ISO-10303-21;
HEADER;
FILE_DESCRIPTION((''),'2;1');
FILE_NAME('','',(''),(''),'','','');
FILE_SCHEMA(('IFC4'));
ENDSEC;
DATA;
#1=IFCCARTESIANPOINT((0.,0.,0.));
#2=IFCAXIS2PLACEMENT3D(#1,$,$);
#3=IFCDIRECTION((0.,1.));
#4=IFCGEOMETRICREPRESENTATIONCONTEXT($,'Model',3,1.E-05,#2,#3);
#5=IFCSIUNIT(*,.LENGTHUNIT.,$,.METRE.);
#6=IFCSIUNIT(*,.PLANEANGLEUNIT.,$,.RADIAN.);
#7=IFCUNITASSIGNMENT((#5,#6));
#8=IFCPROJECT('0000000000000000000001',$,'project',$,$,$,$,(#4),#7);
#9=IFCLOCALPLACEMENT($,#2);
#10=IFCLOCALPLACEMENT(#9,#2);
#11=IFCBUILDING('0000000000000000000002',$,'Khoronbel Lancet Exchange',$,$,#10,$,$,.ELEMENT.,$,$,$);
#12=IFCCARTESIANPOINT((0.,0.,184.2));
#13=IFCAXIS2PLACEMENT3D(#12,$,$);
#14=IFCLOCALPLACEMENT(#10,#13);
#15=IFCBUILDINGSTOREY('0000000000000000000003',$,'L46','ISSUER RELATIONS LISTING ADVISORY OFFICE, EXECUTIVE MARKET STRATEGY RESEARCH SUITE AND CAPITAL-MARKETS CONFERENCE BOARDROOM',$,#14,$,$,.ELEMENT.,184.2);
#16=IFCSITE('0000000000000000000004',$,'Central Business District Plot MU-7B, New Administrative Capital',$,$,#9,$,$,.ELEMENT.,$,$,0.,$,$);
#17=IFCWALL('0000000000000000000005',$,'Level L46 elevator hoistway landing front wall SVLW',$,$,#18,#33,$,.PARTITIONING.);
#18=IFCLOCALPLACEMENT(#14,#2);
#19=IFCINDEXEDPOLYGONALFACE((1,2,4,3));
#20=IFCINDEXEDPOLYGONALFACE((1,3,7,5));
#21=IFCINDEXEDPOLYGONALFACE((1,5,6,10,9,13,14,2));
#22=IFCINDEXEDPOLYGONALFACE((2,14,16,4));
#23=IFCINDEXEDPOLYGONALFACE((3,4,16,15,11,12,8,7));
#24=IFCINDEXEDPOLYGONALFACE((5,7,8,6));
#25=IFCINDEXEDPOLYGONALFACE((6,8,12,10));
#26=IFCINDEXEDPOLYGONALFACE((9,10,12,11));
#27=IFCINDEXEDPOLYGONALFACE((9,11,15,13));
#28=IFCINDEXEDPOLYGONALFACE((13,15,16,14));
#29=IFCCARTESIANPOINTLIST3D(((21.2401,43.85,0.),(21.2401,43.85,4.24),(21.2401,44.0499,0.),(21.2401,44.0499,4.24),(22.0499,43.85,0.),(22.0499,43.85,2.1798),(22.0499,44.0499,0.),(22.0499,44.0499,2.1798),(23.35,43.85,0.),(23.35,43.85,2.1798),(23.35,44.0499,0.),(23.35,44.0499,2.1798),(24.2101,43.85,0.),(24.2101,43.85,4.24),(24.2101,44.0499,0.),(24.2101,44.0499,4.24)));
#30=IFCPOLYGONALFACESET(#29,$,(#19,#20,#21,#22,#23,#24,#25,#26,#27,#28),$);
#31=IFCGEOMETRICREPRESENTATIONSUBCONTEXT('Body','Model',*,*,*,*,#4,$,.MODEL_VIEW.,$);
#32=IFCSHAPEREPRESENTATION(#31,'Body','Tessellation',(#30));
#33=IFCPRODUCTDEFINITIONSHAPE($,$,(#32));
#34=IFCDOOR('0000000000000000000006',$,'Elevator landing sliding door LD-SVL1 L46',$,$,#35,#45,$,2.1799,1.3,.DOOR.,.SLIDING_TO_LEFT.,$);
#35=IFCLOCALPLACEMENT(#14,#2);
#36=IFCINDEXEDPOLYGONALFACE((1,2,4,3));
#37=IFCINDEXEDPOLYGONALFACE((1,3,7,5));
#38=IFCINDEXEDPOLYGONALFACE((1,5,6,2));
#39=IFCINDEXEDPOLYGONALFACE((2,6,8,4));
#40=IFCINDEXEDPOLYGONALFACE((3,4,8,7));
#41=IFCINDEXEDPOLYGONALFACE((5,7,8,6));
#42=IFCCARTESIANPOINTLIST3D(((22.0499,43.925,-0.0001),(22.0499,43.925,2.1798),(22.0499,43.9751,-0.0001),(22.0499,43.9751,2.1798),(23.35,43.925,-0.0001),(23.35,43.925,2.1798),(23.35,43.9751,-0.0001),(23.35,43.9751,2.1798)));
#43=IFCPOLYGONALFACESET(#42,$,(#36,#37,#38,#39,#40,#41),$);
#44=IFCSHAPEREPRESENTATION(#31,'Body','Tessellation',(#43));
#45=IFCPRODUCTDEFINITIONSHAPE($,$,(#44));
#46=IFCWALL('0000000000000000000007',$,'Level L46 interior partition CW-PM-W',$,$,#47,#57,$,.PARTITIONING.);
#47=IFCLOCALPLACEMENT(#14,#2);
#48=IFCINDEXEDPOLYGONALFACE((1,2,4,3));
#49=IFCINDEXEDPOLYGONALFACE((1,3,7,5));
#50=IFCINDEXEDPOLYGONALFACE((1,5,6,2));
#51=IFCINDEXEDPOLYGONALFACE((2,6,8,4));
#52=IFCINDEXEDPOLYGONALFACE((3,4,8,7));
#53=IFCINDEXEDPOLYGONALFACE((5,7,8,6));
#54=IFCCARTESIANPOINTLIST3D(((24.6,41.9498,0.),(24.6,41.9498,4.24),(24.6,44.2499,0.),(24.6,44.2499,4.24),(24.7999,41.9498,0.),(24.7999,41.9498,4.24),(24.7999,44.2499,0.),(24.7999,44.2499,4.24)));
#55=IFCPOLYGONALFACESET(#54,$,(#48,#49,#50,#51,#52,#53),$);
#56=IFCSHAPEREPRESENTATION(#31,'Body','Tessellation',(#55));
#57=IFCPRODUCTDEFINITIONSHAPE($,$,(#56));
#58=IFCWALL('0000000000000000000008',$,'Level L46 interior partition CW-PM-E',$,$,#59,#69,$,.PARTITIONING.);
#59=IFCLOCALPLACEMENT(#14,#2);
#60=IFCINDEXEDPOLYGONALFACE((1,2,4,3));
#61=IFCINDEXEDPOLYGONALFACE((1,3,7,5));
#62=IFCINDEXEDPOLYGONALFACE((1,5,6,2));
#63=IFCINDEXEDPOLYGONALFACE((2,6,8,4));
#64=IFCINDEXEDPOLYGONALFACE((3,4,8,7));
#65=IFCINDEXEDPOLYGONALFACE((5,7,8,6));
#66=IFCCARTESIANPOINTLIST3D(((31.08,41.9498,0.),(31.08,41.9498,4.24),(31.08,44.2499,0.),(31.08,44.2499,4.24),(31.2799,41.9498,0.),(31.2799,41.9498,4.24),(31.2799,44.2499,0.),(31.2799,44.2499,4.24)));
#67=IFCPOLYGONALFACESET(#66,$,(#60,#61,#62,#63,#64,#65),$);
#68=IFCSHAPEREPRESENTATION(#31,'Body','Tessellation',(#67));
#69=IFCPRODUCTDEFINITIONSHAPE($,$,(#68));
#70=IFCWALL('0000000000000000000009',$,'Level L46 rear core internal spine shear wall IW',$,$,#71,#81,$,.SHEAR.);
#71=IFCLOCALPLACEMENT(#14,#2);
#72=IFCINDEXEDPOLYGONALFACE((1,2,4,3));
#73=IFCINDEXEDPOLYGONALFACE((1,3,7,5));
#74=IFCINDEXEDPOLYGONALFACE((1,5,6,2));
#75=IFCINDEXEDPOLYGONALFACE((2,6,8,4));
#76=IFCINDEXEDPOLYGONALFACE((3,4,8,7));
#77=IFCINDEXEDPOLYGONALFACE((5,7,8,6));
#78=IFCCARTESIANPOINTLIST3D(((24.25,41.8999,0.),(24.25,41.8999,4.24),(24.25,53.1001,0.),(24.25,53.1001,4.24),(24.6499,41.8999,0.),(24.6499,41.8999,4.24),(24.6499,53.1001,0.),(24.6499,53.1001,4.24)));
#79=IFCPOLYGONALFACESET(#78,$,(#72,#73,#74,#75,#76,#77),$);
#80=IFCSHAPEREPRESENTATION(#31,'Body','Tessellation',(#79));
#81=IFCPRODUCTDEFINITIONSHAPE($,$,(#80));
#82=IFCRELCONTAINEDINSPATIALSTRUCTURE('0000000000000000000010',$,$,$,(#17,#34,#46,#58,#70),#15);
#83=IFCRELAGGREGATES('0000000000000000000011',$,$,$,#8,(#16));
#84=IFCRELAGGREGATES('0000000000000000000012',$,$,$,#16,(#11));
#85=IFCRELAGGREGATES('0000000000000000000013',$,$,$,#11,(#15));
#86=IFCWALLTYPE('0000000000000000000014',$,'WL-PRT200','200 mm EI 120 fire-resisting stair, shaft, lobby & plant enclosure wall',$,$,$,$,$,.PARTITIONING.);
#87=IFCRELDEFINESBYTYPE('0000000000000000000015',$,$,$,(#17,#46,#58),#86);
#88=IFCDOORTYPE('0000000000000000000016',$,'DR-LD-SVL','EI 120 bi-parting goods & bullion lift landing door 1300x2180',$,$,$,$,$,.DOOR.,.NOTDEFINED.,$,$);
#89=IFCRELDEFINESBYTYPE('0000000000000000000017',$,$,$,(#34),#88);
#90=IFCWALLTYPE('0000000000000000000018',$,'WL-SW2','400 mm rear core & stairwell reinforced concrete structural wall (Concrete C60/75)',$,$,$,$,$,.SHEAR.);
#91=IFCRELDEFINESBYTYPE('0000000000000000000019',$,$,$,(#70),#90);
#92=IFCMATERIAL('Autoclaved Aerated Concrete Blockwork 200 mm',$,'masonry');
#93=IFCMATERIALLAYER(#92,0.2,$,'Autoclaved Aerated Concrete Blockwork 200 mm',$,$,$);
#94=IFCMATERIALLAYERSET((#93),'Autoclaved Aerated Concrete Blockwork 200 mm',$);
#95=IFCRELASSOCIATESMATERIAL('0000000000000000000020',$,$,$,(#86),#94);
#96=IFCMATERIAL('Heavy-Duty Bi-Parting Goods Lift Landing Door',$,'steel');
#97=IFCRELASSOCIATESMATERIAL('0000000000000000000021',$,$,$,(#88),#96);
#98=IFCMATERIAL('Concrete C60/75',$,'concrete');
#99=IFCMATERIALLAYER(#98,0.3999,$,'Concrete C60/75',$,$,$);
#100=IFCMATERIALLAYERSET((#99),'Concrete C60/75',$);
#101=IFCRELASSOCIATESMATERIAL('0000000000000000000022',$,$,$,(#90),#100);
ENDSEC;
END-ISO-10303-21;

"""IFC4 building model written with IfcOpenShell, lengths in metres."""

from ifc_helpers import new_model, si_unit, direction, frame, frame_2d, origin, place, context, subcontext, project, spatial, rectangle, extrude, material, layer, layer_set, type_object, element, fill, save


model = new_model("IFC4")

# Units and contexts
model_context = context("Model", 3, precision=1e-05, world=origin(), true_north=direction((0.0, 1.0)))
body_context = subcontext(model_context, "Body", "Model", "MODEL_VIEW")
ifc_project = project(units=[si_unit("LENGTHUNIT", "METRE"), si_unit("PLANEANGLEUNIT", "RADIAN")], contexts=[model_context])

# Site, building, storey
site_placement = place(None, origin())
site = spatial("IfcSite", under=ifc_project, at=site_placement, Name="Central Business District Plot MU-7B, New Administrative Capital", CompositionType="ELEMENT", RefElevation=0.0)
building_placement = place(site_placement, origin())
building = spatial("IfcBuilding", under=site, at=building_placement, Name="Khoronbel Lancet Exchange", CompositionType="ELEMENT")
storey_placement = place(building_placement, frame((0.0, 0.0, 184.2)))
storey = spatial("IfcBuildingStorey", under=building, at=storey_placement, Name="L46", Description="ISSUER RELATIONS LISTING ADVISORY OFFICE, EXECUTIVE MARKET STRATEGY RESEARCH SUITE AND CAPITAL-MARKETS CONFERENCE BOARDROOM", CompositionType="ELEMENT", Elevation=184.2)

# Shared definitions
ifc_material_1 = material(Name="Concrete C60/75", Category="concrete")

# Wall, opening, door
ifc_material_2 = material(Name="Autoclaved Aerated Concrete Blockwork 200 mm", Category="masonry")
ifc_layer_1 = layer(ifc_material_2, 0.2, Name="Autoclaved Aerated Concrete Blockwork 200 mm")
ifc_layer_set_1 = layer_set([ifc_layer_1], Name="Autoclaved Aerated Concrete Blockwork 200 mm")
wall_type_1 = type_object("IfcWallType", Name="WL-PRT200", Description="200 mm EI 120 fire-resisting stair, shaft, lobby & plant enclosure wall", PredefinedType="PARTITIONING", material=ifc_layer_set_1)
wall_1_placement = place(storey_placement, frame((24.21, 43.95, 0.0), z_axis=(0.0, 0.0, 1.0), x_axis=(-1.0, 0.0, 0.0)))
wall_1 = element("IfcWall", 1, at=wall_1_placement, inside=storey, type_object=wall_type_1, Name="Level L46 elevator hoistway landing front wall SVLW", PredefinedType="PARTITIONING", context=body_context, shape_type="SweptSolid", body=[
    extrude(rectangle(XDim=2.97, YDim=0.2, at=frame_2d((1.4849, 0.0))), origin(), (0.0, 0.0, 1.0), 4.24),
])
opening_1_placement = place(wall_1_placement, frame((0.8601, 0.0, 0.0)))
opening_1 = element("IfcOpeningElement", 2, at=opening_1_placement, cuts=wall_1, PredefinedType="OPENING", context=body_context, shape_type="SweptSolid", body=[
    extrude(rectangle(XDim=1.3, YDim=2.1799, at=frame_2d((0.6499, 1.0898))), frame((0.0, 0.1099, 0.0), z_axis=(0.0, -1.0, 0.0), x_axis=(1.0, 0.0, 0.0)), (0.0, 0.0, 1.0), 0.22),
])
ifc_material_3 = material(Name="Heavy-Duty Bi-Parting Goods Lift Landing Door", Category="steel")
door_type_1 = type_object("IfcDoorType", Name="DR-LD-SVL", Description="EI 120 bi-parting goods & bullion lift landing door 1300x2180", OperationType="NOTDEFINED", PredefinedType="DOOR", material=ifc_material_3)
door_1_placement = place(opening_1_placement, origin())
door_1 = element("IfcDoor", 3, at=door_1_placement, inside=storey, type_object=door_type_1, Name="Elevator landing sliding door LD-SVL1 L46", OperationType="SLIDING_TO_LEFT", OverallHeight=2.1799, OverallWidth=1.3, PredefinedType="DOOR", context=body_context, shape_type="SweptSolid", body=[
    extrude(rectangle(XDim=1.3, YDim=2.1799, at=frame_2d((0.6499, 1.0898))), frame((0.0, 0.0249, 0.0), z_axis=(0.0, -1.0, 0.0), x_axis=(1.0, 0.0, 0.0)), (0.0, 0.0, 1.0), 0.05),
])
fill(opening_1, door_1)

# Walls
for number, where, z_axis, x_axis, name in (
    (4, (24.7, 41.95, 0.0), (0.0, 0.0, 1.0), (0.0, 1.0, 0.0), "Level L46 interior partition CW-PM-W"),
    (5, (31.1799, 41.95, 0.0), (0.0, 0.0, 1.0), (0.0, 1.0, 0.0), "Level L46 interior partition CW-PM-E"),
):
    element("IfcWall", number, at=place(storey_placement, frame(where, z_axis=z_axis, x_axis=x_axis)), inside=storey, type_object=wall_type_1, Name=name, PredefinedType="PARTITIONING", context=body_context, shape_type="SweptSolid", body=[
        extrude(rectangle(XDim=2.3, YDim=0.2, at=frame_2d((1.1499, 0.0))), origin(), (0.0, 0.0, 1.0), 4.24),
    ])
ifc_layer_2 = layer(ifc_material_1, 0.3999, Name="Concrete C60/75")
ifc_layer_set_2 = layer_set([ifc_layer_2], Name="Concrete C60/75")
wall_type_2 = type_object("IfcWallType", Name="WL-SW2", Description="400 mm rear core & stairwell reinforced concrete structural wall (Concrete C60/75)", PredefinedType="SHEAR", material=ifc_layer_set_2)
wall_2_placement = place(storey_placement, frame((24.45, 41.8999, 0.0), z_axis=(0.0, 0.0, 1.0), x_axis=(0.0, 1.0, 0.0)))
element("IfcWall", 6, at=wall_2_placement, inside=storey, type_object=wall_type_2, Name="Level L46 rear core internal spine shear wall IW", PredefinedType="SHEAR", context=body_context, shape_type="SweptSolid", body=[
    extrude(rectangle(XDim=11.2002, YDim=0.3999, at=frame_2d((5.6001, 0.0))), origin(), (0.0, 0.0, 1.0), 4.24),
])

save(model, "model.ifc")
